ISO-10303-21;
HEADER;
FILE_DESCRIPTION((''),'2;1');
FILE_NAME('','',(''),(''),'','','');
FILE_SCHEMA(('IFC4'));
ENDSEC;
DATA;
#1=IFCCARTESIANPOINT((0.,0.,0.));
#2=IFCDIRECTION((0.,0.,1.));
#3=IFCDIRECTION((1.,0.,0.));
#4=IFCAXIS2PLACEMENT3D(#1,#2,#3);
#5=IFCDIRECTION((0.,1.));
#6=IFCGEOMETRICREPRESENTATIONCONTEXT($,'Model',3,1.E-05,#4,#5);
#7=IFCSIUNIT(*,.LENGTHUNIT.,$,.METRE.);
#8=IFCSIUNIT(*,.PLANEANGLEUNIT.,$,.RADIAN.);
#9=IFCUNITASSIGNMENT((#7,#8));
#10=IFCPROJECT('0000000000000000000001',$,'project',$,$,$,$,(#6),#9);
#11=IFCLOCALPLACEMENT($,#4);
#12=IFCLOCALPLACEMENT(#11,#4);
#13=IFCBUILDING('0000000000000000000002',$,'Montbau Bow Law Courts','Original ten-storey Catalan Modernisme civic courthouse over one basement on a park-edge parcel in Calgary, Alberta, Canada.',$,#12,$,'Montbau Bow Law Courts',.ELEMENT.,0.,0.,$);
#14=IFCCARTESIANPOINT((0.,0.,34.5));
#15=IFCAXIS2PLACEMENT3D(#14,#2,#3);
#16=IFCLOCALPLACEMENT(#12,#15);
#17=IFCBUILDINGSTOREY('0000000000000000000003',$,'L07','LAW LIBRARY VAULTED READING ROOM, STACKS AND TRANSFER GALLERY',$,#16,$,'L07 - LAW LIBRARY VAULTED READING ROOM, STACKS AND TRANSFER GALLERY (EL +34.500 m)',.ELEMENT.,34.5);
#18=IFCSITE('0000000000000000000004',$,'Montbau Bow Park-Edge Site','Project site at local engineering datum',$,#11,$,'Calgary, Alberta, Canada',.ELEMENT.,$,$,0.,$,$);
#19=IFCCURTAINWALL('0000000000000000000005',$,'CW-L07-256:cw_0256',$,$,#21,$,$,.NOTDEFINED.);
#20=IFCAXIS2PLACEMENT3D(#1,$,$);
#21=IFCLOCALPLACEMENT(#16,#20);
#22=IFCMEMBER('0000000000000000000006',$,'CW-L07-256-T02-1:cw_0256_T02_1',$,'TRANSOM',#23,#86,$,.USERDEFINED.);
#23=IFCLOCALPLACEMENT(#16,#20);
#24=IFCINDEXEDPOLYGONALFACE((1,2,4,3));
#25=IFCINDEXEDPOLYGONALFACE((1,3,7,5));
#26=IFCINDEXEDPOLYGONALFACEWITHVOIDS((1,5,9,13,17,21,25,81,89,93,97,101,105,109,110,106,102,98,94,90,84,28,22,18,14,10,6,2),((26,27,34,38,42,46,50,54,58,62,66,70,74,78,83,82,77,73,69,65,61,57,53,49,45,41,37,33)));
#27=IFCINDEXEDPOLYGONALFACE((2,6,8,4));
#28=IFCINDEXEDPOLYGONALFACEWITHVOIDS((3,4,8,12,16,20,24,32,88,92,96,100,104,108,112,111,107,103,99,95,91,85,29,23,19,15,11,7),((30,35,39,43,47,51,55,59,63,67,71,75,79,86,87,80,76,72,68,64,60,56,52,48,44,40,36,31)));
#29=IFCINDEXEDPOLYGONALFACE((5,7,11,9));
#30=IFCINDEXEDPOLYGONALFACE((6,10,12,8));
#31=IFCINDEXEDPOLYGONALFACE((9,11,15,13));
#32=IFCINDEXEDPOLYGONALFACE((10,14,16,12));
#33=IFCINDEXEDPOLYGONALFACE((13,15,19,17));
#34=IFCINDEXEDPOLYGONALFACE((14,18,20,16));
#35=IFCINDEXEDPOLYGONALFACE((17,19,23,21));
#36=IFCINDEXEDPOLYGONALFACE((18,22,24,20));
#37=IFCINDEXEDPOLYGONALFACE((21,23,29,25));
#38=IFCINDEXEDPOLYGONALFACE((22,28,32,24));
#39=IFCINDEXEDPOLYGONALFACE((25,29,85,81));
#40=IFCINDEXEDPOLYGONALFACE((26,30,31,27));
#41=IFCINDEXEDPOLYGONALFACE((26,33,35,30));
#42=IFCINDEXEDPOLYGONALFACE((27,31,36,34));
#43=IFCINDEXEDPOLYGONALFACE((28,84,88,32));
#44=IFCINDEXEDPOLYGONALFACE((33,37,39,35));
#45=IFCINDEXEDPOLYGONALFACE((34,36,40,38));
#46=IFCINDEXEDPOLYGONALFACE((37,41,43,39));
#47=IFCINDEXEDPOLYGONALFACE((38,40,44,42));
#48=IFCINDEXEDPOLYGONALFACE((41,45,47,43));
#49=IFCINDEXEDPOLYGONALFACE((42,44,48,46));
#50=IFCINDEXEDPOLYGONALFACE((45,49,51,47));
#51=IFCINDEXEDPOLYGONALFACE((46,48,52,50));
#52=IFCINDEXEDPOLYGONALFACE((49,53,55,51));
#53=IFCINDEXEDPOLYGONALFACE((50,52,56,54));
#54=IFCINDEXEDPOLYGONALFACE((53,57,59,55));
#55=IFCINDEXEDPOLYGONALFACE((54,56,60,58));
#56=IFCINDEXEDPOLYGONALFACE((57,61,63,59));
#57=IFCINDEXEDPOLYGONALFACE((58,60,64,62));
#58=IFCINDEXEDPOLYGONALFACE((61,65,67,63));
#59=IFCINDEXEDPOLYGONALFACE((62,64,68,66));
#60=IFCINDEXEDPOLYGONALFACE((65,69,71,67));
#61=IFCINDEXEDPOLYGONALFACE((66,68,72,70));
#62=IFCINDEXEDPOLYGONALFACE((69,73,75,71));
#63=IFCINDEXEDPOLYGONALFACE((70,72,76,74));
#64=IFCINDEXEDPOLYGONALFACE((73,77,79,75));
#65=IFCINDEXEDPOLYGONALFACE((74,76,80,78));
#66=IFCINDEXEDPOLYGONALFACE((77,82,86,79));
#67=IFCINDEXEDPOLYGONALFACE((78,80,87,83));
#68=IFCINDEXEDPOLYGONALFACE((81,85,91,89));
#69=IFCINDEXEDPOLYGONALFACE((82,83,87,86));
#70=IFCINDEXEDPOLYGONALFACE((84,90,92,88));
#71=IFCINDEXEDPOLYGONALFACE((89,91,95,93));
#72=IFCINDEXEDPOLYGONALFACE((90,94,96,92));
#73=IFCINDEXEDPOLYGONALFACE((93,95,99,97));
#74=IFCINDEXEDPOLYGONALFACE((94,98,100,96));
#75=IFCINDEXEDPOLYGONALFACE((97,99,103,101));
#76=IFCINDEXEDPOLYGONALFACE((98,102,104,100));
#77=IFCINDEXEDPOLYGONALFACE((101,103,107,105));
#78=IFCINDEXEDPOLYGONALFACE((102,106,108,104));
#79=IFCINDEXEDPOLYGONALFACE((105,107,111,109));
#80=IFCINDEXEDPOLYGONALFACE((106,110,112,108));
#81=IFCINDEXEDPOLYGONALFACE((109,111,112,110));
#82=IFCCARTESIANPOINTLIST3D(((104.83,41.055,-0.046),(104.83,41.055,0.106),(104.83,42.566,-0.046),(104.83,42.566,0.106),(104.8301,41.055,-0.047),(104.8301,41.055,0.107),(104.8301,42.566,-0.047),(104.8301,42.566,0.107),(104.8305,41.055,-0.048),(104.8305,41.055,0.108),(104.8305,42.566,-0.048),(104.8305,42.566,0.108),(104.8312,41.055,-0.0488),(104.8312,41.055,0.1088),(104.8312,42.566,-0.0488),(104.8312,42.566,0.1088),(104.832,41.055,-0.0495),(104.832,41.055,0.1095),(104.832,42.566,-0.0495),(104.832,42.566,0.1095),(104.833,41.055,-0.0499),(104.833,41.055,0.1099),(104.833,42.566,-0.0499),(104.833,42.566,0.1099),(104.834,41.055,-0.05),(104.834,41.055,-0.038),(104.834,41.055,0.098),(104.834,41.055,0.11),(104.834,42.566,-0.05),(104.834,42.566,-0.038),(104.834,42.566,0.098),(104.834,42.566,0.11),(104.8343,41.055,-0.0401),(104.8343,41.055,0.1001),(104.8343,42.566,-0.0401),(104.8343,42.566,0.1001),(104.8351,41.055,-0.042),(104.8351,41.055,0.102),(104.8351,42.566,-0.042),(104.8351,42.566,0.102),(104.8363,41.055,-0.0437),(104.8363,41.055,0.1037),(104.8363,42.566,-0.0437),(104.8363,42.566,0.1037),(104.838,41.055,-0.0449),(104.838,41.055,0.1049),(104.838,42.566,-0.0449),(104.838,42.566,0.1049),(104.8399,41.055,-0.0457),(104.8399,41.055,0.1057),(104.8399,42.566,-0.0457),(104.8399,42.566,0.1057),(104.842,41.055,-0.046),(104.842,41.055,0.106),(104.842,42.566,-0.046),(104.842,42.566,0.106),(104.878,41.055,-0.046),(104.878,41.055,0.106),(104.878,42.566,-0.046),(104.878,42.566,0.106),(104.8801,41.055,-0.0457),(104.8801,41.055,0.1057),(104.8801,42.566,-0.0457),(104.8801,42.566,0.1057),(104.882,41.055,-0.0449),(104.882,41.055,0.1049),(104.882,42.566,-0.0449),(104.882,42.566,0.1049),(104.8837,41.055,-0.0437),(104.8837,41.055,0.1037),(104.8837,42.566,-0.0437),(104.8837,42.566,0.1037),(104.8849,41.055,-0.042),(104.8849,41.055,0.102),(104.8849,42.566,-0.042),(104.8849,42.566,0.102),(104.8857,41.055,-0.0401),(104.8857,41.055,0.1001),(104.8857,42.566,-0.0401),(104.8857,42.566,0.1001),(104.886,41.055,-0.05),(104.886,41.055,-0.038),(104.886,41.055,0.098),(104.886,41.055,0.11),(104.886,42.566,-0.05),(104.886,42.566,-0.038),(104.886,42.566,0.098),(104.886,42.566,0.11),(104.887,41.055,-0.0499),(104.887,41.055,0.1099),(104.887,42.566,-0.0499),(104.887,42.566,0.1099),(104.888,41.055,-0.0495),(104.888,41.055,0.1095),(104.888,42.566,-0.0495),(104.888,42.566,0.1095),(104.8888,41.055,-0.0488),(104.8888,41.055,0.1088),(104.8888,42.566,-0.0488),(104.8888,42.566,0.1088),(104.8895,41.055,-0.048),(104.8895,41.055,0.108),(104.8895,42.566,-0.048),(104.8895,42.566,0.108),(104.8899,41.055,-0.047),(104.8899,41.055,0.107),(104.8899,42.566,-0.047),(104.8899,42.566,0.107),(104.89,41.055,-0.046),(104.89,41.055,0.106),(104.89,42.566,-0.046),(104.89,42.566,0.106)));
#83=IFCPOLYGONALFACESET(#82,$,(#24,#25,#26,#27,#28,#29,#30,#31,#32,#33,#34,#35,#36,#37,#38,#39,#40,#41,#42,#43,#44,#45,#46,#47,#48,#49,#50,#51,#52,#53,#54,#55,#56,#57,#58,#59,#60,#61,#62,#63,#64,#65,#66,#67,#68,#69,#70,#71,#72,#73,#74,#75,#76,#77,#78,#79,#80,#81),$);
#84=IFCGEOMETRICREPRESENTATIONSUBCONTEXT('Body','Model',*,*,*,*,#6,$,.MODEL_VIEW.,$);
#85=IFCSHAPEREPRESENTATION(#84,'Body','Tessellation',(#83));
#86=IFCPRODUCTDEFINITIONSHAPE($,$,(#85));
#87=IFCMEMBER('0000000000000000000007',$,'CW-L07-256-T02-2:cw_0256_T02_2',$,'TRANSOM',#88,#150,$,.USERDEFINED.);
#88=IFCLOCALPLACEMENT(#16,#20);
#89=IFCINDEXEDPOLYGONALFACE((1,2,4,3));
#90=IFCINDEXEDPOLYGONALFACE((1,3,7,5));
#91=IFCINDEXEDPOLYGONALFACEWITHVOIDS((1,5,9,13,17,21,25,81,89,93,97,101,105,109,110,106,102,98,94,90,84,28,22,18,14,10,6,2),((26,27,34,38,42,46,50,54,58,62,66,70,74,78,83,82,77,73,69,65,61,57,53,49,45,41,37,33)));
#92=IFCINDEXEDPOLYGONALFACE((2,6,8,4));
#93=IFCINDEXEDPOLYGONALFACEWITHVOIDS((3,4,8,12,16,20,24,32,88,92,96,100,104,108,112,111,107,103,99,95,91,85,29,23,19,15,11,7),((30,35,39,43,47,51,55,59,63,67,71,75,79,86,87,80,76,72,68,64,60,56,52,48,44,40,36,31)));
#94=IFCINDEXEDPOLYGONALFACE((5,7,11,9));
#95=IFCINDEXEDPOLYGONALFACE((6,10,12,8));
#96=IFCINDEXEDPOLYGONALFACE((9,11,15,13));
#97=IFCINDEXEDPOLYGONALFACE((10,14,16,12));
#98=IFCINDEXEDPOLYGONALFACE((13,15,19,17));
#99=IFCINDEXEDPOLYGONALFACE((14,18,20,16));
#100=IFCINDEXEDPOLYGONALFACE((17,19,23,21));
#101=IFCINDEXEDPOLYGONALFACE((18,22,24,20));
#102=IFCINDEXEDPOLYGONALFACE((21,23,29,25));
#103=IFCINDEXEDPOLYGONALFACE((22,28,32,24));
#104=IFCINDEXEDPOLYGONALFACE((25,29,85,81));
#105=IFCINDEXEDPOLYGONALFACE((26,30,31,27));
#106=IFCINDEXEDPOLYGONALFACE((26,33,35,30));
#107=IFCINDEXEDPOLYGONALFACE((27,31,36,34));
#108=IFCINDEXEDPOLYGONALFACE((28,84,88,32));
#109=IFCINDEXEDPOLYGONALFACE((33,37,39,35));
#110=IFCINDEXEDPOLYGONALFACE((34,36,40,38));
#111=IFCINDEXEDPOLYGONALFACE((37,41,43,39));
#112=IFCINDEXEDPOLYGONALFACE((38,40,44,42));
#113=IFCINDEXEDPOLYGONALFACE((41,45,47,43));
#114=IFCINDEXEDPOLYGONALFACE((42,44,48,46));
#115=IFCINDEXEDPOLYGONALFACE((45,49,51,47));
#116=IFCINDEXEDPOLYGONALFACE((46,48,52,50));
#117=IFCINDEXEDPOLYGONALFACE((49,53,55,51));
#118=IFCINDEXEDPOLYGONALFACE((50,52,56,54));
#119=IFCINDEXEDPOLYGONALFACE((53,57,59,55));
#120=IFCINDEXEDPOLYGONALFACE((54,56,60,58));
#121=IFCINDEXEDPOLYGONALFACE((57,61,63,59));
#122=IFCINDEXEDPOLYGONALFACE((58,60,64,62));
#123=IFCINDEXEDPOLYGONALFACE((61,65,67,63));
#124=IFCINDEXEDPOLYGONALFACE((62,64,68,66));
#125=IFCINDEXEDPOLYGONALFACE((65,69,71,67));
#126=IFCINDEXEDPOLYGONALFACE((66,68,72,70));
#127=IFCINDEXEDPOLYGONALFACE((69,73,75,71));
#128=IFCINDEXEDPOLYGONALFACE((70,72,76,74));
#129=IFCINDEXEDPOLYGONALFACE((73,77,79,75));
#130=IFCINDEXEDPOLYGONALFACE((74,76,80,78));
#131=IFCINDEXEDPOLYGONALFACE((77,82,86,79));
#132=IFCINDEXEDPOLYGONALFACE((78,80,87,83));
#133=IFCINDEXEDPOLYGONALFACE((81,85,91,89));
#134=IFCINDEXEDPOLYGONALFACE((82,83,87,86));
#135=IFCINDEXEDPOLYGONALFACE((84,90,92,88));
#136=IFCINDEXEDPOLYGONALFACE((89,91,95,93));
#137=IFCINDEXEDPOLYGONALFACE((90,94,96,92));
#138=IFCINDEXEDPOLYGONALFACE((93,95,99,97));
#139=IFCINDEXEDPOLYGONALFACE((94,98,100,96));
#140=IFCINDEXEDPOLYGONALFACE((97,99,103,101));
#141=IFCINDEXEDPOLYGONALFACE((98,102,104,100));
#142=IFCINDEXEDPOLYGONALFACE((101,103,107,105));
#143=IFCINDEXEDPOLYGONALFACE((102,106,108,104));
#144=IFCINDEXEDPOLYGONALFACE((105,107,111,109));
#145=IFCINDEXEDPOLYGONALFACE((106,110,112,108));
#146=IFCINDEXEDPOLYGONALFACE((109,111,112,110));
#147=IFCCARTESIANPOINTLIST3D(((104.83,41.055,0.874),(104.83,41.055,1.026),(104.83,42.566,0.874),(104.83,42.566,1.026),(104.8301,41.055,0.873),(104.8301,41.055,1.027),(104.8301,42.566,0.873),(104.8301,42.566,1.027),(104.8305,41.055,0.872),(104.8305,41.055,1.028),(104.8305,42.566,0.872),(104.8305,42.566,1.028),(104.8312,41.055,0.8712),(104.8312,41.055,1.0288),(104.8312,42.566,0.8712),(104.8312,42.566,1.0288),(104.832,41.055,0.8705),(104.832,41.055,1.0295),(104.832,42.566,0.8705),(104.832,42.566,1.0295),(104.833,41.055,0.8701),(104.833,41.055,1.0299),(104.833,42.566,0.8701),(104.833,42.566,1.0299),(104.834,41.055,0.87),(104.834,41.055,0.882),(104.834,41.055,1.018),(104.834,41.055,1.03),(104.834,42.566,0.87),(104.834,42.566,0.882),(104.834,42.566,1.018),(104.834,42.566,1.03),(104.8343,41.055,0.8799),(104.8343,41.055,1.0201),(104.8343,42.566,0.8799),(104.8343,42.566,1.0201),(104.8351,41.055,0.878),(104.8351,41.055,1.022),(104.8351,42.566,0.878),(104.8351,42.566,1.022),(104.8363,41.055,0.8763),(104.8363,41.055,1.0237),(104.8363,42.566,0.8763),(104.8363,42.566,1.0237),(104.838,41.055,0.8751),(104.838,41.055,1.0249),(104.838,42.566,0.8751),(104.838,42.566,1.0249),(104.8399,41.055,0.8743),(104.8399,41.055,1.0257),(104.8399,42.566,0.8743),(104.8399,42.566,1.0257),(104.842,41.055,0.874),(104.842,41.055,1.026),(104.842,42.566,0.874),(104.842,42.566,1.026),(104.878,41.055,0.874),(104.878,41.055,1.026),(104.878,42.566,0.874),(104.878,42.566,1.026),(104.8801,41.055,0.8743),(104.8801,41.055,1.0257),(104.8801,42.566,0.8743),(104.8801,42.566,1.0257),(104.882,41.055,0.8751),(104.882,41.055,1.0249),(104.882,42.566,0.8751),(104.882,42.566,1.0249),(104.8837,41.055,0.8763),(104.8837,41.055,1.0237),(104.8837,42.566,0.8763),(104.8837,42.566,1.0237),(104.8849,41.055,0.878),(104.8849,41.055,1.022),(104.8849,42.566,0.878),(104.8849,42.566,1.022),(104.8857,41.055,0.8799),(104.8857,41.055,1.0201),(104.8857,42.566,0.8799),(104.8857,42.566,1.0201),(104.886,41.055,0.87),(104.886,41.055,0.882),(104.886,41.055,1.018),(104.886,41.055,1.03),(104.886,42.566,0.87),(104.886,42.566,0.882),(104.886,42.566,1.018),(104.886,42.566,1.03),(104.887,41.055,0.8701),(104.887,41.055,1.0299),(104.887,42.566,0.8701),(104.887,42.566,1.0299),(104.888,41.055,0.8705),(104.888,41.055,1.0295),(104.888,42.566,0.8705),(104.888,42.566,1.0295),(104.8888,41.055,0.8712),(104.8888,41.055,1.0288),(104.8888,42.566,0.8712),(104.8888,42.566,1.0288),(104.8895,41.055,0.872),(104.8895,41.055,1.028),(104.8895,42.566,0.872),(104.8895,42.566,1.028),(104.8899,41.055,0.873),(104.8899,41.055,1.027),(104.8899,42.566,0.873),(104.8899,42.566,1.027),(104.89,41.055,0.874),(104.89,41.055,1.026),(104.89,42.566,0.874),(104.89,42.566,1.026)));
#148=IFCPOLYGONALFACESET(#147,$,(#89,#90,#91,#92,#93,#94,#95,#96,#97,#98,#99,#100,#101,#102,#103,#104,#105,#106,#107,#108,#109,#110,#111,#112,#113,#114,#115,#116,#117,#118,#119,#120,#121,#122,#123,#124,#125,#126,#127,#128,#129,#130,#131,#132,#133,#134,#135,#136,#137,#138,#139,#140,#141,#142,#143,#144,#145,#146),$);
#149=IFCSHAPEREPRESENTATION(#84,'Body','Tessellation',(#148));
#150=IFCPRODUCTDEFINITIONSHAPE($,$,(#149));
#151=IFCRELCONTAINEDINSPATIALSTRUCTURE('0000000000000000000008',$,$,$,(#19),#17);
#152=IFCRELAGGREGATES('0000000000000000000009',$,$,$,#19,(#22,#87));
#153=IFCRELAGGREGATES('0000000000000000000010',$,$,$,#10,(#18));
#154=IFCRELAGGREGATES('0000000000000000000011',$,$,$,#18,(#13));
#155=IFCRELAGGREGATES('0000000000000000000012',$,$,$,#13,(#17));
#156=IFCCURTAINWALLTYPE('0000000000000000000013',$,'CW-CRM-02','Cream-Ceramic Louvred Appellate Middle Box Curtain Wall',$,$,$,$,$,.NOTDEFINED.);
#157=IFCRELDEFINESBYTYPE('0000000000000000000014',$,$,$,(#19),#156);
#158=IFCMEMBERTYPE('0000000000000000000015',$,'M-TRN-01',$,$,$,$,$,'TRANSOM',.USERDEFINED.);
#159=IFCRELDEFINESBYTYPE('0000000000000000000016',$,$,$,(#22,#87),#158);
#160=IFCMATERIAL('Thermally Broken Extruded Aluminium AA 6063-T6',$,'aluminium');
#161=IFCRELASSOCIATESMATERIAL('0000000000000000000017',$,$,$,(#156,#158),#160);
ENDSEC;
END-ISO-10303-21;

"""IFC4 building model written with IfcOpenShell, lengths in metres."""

from ifc_helpers import new_model, si_unit, direction, frame, origin_with_axes, origin_2d_with_axis, place, context, subcontext, project, spatial, hollow_rectangle, extrude, material, material_profile, profile_set, type_object, element, aggregate, save


model = new_model("IFC4")

# Units and contexts
model_context = context("Model", 3, precision=1e-05, world=origin_with_axes(), true_north=direction((0.0, 1.0)))
body_context = subcontext(model_context, "Body", "Model", "MODEL_VIEW")
ifc_project = project(units=[si_unit("LENGTHUNIT", "METRE"), si_unit("PLANEANGLEUNIT", "RADIAN")], contexts=[model_context])

# Site, building, storey
site_placement = place(None, origin_with_axes())
site = spatial("IfcSite", under=ifc_project, at=site_placement, Name="Montbau Bow Park-Edge Site", Description="Project site at local engineering datum", LongName="Calgary, Alberta, Canada", CompositionType="ELEMENT", RefElevation=0.0)
building_placement = place(site_placement, origin_with_axes())
building = spatial("IfcBuilding", under=site, at=building_placement, Name="Montbau Bow Law Courts", Description="Original ten-storey Catalan Modernisme civic courthouse over one basement on a park-edge parcel in Calgary, Alberta, Canada.", LongName="Montbau Bow Law Courts", CompositionType="ELEMENT", ElevationOfRefHeight=0.0, ElevationOfTerrain=0.0)
storey_placement = place(building_placement, frame((0.0, 0.0, 34.5), z_axis=(0.0, 0.0, 1.0), x_axis=(1.0, 0.0, 0.0)))
storey = spatial("IfcBuildingStorey", under=building, at=storey_placement, Name="L07", Description="LAW LIBRARY VAULTED READING ROOM, STACKS AND TRANSFER GALLERY", LongName="L07 - LAW LIBRARY VAULTED READING ROOM, STACKS AND TRANSFER GALLERY (EL +34.500 m)", CompositionType="ELEMENT", Elevation=34.5)

# Curtain wall
ifc_material_1 = material(Name="Thermally Broken Extruded Aluminium AA 6063-T6", Category="aluminium")
curtain_wall_type = type_object("IfcCurtainWallType", Name="CW-CRM-02", Description="Cream-Ceramic Louvred Appellate Middle Box Curtain Wall", PredefinedType="NOTDEFINED", material=ifc_material_1)
curtain_wall_1_placement = place(None, frame((104.86, 39.44, 34.5), z_axis=(0.0, 0.0, 1.0), x_axis=(1.0, 0.0, 0.0)))
curtain_wall_1 = element("IfcCurtainWall", 1, at=curtain_wall_1_placement, inside=storey, type_object=curtain_wall_type, Name="CW-L07-256:cw_0256", PredefinedType="NOTDEFINED")

# Members
ifc_material_profile_1 = material_profile(ifc_material_1, hollow_rectangle(XDim=0.06, YDim=0.16, WallThickness=0.004, InnerFilletRadius=0.008, OuterFilletRadius=0.004, at=origin_2d_with_axis()), Name="CWT-160X60", Category="Main", Priority=0)
ifc_profile_set_1 = profile_set([ifc_material_profile_1], Name="Thermally Broken Extruded Aluminium AA 6063-T6")
member_type_1 = type_object("IfcMemberType", Name="M-TRN-01", ElementType="TRANSOM", PredefinedType="USERDEFINED", material=ifc_profile_set_1)
member_1_placement = place(None, frame((104.86, 41.055, 34.53), z_axis=(0.0, 1.0, 0.0), x_axis=(-1.0, 0.0, 0.0)))
member_1 = element("IfcMember", 2, at=member_1_placement, type_object=member_type_1, Name="CW-L07-256-T02-1:cw_0256_T02_1", ObjectType="TRANSOM", PredefinedType="USERDEFINED", context=body_context, shape_type="SweptSolid", body=[
    extrude(hollow_rectangle(XDim=0.06, YDim=0.16, WallThickness=0.004, InnerFilletRadius=0.008, OuterFilletRadius=0.004, at=origin_2d_with_axis()), origin_with_axes(), (0.0, 0.0, 1.0), 1.511),
])
member_2_placement = place(None, frame((104.86, 41.055, 35.45), z_axis=(0.0, 1.0, 0.0), x_axis=(-1.0, 0.0, 0.0)))
member_2 = element("IfcMember", 3, at=member_2_placement, type_object=member_type_1, Name="CW-L07-256-T02-2:cw_0256_T02_2", ObjectType="TRANSOM", PredefinedType="USERDEFINED", context=body_context, shape_type="SweptSolid", body=[
    extrude(hollow_rectangle(XDim=0.06, YDim=0.16, WallThickness=0.004, InnerFilletRadius=0.008, OuterFilletRadius=0.004, at=origin_2d_with_axis()), origin_with_axes(), (0.0, 0.0, 1.0), 1.511),
])

aggregate(curtain_wall_1, [member_1, member_2])

save(model, "model.ifc")
